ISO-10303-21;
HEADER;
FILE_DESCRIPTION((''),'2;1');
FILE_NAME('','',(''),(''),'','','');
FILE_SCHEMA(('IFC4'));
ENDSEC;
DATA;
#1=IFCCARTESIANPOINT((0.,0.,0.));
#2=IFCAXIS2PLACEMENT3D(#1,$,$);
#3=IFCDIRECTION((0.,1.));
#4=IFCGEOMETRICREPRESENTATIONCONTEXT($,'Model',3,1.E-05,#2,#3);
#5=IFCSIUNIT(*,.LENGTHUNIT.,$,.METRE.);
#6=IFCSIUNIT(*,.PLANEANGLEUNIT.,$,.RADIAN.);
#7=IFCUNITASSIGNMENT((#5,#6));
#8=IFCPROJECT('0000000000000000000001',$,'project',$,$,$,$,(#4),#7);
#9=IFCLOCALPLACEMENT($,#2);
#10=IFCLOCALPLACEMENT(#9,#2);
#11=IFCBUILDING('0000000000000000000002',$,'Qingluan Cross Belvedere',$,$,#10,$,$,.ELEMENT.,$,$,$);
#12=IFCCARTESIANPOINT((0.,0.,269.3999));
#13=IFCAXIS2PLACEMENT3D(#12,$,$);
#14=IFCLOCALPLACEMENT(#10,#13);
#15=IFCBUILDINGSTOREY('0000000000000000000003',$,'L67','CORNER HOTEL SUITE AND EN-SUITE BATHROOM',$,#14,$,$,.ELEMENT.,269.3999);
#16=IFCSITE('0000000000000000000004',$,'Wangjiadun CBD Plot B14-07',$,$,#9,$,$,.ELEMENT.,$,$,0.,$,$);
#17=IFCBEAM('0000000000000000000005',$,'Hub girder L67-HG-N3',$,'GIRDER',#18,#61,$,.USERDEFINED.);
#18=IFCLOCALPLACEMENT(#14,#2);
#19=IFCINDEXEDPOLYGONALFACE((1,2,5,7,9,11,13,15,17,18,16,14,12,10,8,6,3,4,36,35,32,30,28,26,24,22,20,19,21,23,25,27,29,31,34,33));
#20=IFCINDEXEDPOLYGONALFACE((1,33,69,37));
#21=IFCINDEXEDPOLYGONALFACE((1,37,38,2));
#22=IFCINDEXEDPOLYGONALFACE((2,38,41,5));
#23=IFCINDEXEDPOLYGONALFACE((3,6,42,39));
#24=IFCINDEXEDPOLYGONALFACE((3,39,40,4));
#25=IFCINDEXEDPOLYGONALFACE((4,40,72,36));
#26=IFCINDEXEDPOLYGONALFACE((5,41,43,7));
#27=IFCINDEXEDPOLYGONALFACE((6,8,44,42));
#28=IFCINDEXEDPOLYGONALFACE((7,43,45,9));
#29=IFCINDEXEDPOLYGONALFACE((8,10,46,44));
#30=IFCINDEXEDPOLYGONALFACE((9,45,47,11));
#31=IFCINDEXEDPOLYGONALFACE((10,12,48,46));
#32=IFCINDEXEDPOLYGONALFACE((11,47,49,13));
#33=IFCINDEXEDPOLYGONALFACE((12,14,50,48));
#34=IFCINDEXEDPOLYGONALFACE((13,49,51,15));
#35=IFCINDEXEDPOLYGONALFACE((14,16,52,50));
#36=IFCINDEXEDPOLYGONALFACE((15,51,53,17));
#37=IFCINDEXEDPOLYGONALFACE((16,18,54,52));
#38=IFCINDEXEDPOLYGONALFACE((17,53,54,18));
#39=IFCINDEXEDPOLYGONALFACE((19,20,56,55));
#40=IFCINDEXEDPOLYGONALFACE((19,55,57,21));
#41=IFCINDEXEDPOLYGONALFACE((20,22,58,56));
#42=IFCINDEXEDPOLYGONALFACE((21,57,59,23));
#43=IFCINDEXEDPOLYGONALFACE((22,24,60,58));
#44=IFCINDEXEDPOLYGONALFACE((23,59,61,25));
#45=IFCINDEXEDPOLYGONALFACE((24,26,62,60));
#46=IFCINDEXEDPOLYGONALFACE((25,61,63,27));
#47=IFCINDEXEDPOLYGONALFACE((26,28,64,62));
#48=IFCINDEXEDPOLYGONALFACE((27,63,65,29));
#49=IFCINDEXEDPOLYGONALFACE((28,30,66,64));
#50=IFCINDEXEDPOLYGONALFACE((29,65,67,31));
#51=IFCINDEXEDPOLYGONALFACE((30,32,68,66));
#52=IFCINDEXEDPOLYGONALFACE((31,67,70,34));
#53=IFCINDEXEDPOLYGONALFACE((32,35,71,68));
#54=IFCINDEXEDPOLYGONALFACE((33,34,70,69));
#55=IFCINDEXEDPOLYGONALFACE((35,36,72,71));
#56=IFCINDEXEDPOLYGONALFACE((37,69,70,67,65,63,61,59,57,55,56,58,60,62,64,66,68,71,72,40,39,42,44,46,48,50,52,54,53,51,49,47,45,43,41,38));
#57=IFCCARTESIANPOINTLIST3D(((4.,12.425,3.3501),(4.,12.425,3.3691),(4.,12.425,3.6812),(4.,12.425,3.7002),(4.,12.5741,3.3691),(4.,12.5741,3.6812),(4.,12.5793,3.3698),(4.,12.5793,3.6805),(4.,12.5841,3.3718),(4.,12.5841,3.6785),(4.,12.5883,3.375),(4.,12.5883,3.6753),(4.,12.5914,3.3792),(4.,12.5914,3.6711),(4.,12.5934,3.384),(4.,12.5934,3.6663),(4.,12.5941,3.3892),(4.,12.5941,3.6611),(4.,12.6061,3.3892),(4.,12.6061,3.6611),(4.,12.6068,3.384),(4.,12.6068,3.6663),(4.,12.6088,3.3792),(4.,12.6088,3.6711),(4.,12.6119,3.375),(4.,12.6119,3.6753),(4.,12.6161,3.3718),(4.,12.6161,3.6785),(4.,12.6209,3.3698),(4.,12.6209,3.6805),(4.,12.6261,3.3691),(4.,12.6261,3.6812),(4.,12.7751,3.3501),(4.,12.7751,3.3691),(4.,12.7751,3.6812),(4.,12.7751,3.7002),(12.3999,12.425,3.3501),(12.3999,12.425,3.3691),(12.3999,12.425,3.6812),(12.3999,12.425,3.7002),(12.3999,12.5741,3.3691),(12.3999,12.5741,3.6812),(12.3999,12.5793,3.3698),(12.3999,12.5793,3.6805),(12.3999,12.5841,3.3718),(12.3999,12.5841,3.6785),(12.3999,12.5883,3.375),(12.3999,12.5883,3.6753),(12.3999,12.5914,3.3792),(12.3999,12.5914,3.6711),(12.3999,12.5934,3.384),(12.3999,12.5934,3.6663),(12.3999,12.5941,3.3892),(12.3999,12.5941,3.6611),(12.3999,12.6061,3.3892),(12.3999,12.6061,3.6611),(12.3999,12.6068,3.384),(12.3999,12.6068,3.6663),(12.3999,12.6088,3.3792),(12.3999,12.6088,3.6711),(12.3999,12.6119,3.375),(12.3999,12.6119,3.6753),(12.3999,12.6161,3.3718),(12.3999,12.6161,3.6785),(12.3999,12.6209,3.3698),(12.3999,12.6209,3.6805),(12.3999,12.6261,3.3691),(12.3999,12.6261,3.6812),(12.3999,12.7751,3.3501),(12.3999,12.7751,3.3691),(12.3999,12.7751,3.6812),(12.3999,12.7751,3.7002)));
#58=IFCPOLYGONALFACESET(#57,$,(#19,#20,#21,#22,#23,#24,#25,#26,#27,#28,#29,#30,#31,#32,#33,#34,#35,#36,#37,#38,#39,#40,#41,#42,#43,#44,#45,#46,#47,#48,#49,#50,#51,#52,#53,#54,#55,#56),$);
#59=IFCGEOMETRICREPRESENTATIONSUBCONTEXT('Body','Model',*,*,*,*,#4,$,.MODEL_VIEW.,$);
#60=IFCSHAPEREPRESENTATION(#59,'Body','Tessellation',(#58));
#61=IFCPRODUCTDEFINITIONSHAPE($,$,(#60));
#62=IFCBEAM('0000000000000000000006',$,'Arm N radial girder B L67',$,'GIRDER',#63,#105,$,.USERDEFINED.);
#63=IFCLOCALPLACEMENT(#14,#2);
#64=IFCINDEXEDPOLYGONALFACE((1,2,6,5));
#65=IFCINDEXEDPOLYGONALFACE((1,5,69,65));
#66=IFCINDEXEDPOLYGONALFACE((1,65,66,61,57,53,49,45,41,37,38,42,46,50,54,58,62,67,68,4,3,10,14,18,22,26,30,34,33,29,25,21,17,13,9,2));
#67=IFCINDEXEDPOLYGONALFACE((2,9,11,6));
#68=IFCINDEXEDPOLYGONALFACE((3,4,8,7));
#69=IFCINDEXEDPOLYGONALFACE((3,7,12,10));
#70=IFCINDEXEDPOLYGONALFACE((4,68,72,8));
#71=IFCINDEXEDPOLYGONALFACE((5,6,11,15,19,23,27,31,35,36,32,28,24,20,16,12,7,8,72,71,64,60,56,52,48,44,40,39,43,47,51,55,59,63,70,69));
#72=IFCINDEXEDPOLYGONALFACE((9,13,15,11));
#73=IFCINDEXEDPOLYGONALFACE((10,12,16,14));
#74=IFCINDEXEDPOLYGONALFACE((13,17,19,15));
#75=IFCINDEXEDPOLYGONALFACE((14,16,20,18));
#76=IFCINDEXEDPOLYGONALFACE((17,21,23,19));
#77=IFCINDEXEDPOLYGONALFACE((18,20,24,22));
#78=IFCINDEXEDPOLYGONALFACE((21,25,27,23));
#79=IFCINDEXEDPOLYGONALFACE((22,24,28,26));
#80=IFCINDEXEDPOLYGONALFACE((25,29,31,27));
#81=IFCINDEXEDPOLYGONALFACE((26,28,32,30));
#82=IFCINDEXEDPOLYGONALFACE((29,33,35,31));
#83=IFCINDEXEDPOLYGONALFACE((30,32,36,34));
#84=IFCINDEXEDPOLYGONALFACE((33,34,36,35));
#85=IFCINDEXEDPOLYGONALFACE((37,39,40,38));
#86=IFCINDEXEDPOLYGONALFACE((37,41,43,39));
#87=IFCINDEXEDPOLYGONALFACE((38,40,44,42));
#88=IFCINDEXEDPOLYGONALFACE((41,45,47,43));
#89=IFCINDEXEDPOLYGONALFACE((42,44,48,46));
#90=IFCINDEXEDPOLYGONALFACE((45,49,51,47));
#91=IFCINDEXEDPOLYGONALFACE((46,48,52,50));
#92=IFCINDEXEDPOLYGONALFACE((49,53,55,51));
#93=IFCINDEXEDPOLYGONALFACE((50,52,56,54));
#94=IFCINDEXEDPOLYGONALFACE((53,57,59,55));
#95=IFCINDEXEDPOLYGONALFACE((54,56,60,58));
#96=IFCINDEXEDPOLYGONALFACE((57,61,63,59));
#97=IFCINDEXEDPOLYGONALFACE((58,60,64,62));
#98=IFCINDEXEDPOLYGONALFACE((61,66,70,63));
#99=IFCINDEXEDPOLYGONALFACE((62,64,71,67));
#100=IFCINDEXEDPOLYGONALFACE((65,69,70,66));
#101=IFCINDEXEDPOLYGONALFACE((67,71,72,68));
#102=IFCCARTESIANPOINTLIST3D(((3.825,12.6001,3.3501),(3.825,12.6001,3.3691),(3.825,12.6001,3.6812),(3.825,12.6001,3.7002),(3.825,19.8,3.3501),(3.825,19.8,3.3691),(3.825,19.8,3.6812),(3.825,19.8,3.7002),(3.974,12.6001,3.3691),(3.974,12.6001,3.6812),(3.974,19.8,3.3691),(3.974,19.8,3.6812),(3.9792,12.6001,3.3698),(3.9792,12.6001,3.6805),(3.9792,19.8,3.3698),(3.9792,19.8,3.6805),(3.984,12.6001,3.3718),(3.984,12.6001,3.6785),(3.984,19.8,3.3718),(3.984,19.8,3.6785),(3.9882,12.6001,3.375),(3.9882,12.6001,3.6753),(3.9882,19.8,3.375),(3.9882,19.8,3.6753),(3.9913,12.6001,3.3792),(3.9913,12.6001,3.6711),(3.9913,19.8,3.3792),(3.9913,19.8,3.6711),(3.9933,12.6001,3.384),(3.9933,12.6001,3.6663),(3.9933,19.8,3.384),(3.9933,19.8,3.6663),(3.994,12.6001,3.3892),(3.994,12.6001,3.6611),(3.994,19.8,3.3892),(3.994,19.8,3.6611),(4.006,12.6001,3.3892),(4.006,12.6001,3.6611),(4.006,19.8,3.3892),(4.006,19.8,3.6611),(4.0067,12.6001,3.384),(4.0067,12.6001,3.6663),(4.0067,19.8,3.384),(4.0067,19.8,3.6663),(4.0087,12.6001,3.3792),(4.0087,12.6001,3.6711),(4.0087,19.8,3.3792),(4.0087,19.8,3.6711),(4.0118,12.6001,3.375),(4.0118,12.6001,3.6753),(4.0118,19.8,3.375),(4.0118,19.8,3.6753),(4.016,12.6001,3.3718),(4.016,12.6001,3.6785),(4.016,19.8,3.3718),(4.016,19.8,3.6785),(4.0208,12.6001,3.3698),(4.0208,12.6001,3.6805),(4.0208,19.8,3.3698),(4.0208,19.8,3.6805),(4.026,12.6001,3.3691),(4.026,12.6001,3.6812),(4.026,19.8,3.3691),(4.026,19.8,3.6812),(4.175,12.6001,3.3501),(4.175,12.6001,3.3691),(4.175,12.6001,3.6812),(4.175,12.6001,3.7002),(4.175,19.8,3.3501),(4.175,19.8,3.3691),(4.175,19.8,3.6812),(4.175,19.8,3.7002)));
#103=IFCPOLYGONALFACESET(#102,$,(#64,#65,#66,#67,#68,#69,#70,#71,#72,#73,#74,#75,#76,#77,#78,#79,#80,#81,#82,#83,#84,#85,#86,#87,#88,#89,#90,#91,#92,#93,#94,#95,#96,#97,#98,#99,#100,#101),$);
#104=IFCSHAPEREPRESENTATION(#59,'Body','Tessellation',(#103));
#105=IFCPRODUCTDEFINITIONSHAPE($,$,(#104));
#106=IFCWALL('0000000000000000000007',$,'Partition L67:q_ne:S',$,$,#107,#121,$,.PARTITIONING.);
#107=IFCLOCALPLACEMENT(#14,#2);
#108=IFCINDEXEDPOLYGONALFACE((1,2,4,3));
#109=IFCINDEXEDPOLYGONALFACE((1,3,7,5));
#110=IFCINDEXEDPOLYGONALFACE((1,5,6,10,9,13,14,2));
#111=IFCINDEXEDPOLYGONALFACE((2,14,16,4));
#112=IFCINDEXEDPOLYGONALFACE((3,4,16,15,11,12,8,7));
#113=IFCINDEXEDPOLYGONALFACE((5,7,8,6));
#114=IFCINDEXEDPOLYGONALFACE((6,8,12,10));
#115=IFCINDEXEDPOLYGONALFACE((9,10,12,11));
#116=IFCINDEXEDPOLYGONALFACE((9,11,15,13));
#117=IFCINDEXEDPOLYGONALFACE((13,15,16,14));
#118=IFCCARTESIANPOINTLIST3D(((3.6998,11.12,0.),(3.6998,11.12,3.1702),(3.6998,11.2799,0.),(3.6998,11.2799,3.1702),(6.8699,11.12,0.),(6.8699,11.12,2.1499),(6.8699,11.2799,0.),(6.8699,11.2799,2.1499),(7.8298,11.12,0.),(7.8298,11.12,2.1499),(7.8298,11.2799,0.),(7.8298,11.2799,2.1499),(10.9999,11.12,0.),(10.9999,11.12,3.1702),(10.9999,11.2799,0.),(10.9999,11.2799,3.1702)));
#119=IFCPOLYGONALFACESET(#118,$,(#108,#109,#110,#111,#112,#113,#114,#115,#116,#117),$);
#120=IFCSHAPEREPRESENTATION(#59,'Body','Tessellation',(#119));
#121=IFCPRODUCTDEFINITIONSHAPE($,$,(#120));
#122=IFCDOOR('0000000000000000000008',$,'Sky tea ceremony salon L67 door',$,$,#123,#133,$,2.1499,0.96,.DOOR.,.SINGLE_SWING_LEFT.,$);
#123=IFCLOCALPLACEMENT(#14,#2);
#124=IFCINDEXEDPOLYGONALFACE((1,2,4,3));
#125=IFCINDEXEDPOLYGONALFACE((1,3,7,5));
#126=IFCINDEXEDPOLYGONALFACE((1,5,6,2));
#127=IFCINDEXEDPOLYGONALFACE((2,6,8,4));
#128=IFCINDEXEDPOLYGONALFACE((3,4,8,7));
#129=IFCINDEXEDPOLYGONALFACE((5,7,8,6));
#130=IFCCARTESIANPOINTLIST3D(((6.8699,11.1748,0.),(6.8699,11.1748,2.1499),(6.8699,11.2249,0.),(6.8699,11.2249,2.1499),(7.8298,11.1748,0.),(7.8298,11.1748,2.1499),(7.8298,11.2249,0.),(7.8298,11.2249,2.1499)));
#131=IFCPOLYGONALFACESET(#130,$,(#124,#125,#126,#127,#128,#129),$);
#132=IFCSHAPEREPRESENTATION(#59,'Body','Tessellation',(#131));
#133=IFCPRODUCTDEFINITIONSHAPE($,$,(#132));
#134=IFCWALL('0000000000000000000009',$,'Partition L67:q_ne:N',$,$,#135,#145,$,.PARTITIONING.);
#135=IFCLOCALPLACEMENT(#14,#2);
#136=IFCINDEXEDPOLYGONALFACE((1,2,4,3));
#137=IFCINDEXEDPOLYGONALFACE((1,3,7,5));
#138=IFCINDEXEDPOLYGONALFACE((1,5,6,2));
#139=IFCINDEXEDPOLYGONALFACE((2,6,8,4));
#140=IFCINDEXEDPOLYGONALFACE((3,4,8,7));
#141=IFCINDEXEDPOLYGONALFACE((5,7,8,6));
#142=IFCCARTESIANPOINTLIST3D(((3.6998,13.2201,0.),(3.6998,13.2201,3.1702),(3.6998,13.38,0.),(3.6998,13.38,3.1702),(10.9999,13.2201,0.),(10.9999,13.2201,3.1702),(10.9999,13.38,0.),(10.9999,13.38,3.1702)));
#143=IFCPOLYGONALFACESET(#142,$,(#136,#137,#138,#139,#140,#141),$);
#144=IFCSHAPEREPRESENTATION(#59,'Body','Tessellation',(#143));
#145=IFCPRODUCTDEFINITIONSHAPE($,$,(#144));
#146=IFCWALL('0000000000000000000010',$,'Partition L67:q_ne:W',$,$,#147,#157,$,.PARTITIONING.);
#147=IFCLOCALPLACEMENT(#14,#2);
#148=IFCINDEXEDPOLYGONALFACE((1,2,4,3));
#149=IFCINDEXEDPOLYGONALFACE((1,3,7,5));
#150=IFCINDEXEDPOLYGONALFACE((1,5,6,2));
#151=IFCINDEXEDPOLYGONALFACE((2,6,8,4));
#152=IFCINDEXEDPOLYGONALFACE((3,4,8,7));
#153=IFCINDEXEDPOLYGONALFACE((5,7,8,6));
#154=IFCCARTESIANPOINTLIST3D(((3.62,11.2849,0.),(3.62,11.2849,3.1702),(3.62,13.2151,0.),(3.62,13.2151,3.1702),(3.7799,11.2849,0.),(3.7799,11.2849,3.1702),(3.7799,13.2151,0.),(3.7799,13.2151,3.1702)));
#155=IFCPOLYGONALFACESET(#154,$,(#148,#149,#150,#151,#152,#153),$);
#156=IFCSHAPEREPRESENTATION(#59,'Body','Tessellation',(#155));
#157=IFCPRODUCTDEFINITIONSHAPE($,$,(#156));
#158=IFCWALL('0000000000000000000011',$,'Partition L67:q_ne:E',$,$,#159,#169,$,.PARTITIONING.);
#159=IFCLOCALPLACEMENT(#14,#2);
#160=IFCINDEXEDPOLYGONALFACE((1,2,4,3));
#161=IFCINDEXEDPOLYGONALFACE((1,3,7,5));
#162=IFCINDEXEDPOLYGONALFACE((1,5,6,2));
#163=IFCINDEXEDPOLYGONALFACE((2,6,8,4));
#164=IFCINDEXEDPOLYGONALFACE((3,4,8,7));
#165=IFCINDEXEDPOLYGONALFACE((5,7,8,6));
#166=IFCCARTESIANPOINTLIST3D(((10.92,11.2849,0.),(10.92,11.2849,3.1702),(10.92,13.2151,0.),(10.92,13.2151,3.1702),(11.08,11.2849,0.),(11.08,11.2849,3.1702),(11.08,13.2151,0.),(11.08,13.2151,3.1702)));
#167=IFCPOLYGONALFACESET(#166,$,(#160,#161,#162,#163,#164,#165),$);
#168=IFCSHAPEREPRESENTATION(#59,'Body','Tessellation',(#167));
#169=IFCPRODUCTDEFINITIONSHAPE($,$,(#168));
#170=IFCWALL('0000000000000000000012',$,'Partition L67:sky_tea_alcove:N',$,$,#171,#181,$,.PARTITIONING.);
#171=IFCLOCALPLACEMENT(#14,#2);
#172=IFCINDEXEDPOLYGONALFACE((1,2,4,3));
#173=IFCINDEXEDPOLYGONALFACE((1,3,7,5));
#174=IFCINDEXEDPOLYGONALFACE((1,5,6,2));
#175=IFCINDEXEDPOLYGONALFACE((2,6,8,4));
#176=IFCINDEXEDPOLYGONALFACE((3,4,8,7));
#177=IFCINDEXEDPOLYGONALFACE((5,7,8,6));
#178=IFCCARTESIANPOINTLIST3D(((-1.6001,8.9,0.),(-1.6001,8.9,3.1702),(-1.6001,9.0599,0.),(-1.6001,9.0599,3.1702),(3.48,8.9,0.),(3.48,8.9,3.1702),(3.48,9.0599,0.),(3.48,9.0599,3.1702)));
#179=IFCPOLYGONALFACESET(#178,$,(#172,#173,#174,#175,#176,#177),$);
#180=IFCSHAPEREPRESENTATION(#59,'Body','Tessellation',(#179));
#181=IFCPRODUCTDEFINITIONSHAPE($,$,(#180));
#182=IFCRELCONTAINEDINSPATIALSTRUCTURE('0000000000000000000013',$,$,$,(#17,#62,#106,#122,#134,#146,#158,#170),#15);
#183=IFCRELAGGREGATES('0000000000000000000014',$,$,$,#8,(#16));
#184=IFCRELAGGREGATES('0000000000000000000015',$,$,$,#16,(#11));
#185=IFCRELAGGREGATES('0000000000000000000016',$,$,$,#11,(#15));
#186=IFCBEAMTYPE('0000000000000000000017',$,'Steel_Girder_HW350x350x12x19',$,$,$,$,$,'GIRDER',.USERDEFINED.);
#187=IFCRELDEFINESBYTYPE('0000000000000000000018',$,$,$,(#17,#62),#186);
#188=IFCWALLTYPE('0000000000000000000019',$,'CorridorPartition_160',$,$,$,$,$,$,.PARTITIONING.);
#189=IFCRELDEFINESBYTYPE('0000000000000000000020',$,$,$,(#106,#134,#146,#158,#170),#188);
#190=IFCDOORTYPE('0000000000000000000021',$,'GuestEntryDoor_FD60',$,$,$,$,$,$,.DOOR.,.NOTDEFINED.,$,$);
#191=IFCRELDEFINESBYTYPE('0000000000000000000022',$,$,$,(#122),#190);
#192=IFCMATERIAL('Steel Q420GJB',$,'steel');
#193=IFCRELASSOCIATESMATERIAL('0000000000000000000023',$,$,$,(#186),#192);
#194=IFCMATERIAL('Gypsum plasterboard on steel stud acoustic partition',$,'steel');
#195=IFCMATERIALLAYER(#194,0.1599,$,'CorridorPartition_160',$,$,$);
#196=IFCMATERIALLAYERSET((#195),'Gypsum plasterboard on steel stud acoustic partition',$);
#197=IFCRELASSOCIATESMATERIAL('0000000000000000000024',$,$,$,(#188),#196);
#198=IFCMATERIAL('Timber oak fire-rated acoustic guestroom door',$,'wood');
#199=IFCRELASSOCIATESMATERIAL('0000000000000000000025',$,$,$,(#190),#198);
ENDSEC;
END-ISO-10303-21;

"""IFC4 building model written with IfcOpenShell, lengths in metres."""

from ifc_helpers import new_model, si_unit, direction, frame, frame_2d, origin, origin_2d, place, context, subcontext, project, spatial, rectangle, i_section, extrude, material, layer, layer_set, material_profile, profile_set, type_object, element, fill, save


model = new_model("IFC4")

# Units and contexts
model_context = context("Model", 3, precision=1e-05, world=origin(), true_north=direction((0.0, 1.0)))
body_context = subcontext(model_context, "Body", "Model", "MODEL_VIEW")
ifc_project = project(units=[si_unit("LENGTHUNIT", "METRE"), si_unit("PLANEANGLEUNIT", "RADIAN")], contexts=[model_context])

# Site, building, storey
site_placement = place(None, origin())
site = spatial("IfcSite", under=ifc_project, at=site_placement, Name="Wangjiadun CBD Plot B14-07", CompositionType="ELEMENT", RefElevation=0.0)
building_placement = place(site_placement, origin())
building = spatial("IfcBuilding", under=site, at=building_placement, Name="Qingluan Cross Belvedere", CompositionType="ELEMENT")
storey_placement = place(building_placement, frame((0.0, 0.0, 269.3999)))
storey = spatial("IfcBuildingStorey", under=building, at=storey_placement, Name="L67", Description="CORNER HOTEL SUITE AND EN-SUITE BATHROOM", CompositionType="ELEMENT", Elevation=269.3999)

# Beams
ifc_material_1 = material(Name="Steel Q420GJB", Category="steel")
ifc_material_profile_1 = material_profile(ifc_material_1, i_section(OverallWidth=0.3501, OverallDepth=0.3501, WebThickness=0.012, FlangeThickness=0.019, FilletRadius=0.02, at=origin_2d()), Name="HW350x350x12x19")
ifc_profile_set_1 = profile_set([ifc_material_profile_1], Name="Steel Q420GJB")
beam_type_1 = type_object("IfcBeamType", Name="Steel_Girder_HW350x350x12x19", ElementType="GIRDER", PredefinedType="USERDEFINED", material=ifc_profile_set_1)
beam_1_placement = place(storey_placement, frame((4.0, 12.6001, 3.5251), z_axis=(1.0, 0.0, 0.0), x_axis=(0.0, 1.0, 0.0)))
element("IfcBeam", 1, at=beam_1_placement, inside=storey, type_object=beam_type_1, Name="Hub girder L67-HG-N3", ObjectType="GIRDER", PredefinedType="USERDEFINED", context=body_context, shape_type="SweptSolid", body=[
    extrude(i_section(OverallWidth=0.3501, OverallDepth=0.3501, WebThickness=0.012, FlangeThickness=0.019, FilletRadius=0.02, at=origin_2d()), origin(), (0.0, 0.0, 1.0), 8.3999),
])
beam_2_placement = place(storey_placement, frame((4.0, 12.6001, 3.5251), z_axis=(0.0, 1.0, 0.0), x_axis=(-1.0, 0.0, 0.0)))
element("IfcBeam", 2, at=beam_2_placement, inside=storey, type_object=beam_type_1, Name="Arm N radial girder B L67", ObjectType="GIRDER", PredefinedType="USERDEFINED", context=body_context, shape_type="SweptSolid", body=[
    extrude(i_section(OverallWidth=0.3501, OverallDepth=0.3501, WebThickness=0.012, FlangeThickness=0.019, FilletRadius=0.02, at=origin_2d()), origin(), (0.0, 0.0, 1.0), 7.2),
])

# Wall, opening, door
ifc_material_2 = material(Name="Gypsum plasterboard on steel stud acoustic partition", Category="steel")
ifc_layer_1 = layer(ifc_material_2, 0.1599, Name="CorridorPartition_160")
ifc_layer_set_1 = layer_set([ifc_layer_1], Name="Gypsum plasterboard on steel stud acoustic partition")
wall_type_1 = type_object("IfcWallType", Name="CorridorPartition_160", PredefinedType="PARTITIONING", material=ifc_layer_set_1)
wall_1_placement = place(storey_placement, frame((3.7, 11.2, 0.0), z_axis=(0.0, 0.0, 1.0), x_axis=(1.0, 0.0, 0.0)))
wall_1 = element("IfcWall", 3, at=wall_1_placement, inside=storey, type_object=wall_type_1, Name="Partition L67:q_ne:S", PredefinedType="PARTITIONING", context=body_context, shape_type="SweptSolid", body=[
    extrude(rectangle(XDim=7.3, YDim=0.1599, at=frame_2d((3.6499, 0.0))), origin(), (0.0, 0.0, 1.0), 3.1702),
])
opening_1_placement = place(wall_1_placement, frame((3.1699, 0.0, 0.0)))
opening_1 = element("IfcOpeningElement", 4, at=opening_1_placement, cuts=wall_1, PredefinedType="OPENING", context=body_context, shape_type="SweptSolid", body=[
    extrude(rectangle(XDim=0.96, YDim=2.1499, at=frame_2d((0.48, 1.075))), frame((0.0, 0.0898, 0.0), z_axis=(0.0, -1.0, 0.0), x_axis=(1.0, 0.0, 0.0)), (0.0, 0.0, 1.0), 0.1799),
])
ifc_material_3 = material(Name="Timber oak fire-rated acoustic guestroom door", Category="wood")
door_type = type_object("IfcDoorType", Name="GuestEntryDoor_FD60", OperationType="NOTDEFINED", PredefinedType="DOOR", material=ifc_material_3)
door_1_placement = place(opening_1_placement, origin())
door_1 = element("IfcDoor", 5, at=door_1_placement, inside=storey, type_object=door_type, Name="Sky tea ceremony salon L67 door", OperationType="SINGLE_SWING_LEFT", OverallHeight=2.1499, OverallWidth=0.96, PredefinedType="DOOR", context=body_context, shape_type="SweptSolid", body=[
    extrude(rectangle(XDim=0.96, YDim=2.1499, at=frame_2d((0.48, 1.075))), frame((0.0, 0.0249, 0.0), z_axis=(0.0, -1.0, 0.0), x_axis=(1.0, 0.0, 0.0)), (0.0, 0.0, 1.0), 0.05),
])
fill(opening_1, door_1)

# Walls
wall_2_placement = place(storey_placement, frame((3.7, 13.3, 0.0), z_axis=(0.0, 0.0, 1.0), x_axis=(1.0, 0.0, 0.0)))
element("IfcWall", 6, at=wall_2_placement, inside=storey, type_object=wall_type_1, Name="Partition L67:q_ne:N", PredefinedType="PARTITIONING", context=body_context, shape_type="SweptSolid", body=[
    extrude(rectangle(XDim=7.3, YDim=0.1599, at=frame_2d((3.6499, 0.0))), origin(), (0.0, 0.0, 1.0), 3.1702),
])
for number, where, z_axis, x_axis, name in (
    (7, (3.7, 11.2849, 0.0), (0.0, 0.0, 1.0), (0.0, 1.0, 0.0), "Partition L67:q_ne:W"),
    (8, (11.0, 11.2849, 0.0), (0.0, 0.0, 1.0), (0.0, 1.0, 0.0), "Partition L67:q_ne:E"),
):
    element("IfcWall", number, at=place(storey_placement, frame(where, z_axis=z_axis, x_axis=x_axis)), inside=storey, type_object=wall_type_1, Name=name, PredefinedType="PARTITIONING", context=body_context, shape_type="SweptSolid", body=[
        extrude(rectangle(XDim=1.9302, YDim=0.1599, at=frame_2d((0.9651, 0.0))), origin(), (0.0, 0.0, 1.0), 3.1702),
    ])
wall_3_placement = place(storey_placement, frame((-1.6001, 8.98, 0.0), z_axis=(0.0, 0.0, 1.0), x_axis=(1.0, 0.0, 0.0)))
element("IfcWall", 9, at=wall_3_placement, inside=storey, type_object=wall_type_1, Name="Partition L67:sky_tea_alcove:N", PredefinedType="PARTITIONING", context=body_context, shape_type="SweptSolid", body=[
    extrude(rectangle(XDim=5.0801, YDim=0.1599, at=frame_2d((2.54, 0.0))), origin(), (0.0, 0.0, 1.0), 3.1702),
])

save(model, "model.ifc")
